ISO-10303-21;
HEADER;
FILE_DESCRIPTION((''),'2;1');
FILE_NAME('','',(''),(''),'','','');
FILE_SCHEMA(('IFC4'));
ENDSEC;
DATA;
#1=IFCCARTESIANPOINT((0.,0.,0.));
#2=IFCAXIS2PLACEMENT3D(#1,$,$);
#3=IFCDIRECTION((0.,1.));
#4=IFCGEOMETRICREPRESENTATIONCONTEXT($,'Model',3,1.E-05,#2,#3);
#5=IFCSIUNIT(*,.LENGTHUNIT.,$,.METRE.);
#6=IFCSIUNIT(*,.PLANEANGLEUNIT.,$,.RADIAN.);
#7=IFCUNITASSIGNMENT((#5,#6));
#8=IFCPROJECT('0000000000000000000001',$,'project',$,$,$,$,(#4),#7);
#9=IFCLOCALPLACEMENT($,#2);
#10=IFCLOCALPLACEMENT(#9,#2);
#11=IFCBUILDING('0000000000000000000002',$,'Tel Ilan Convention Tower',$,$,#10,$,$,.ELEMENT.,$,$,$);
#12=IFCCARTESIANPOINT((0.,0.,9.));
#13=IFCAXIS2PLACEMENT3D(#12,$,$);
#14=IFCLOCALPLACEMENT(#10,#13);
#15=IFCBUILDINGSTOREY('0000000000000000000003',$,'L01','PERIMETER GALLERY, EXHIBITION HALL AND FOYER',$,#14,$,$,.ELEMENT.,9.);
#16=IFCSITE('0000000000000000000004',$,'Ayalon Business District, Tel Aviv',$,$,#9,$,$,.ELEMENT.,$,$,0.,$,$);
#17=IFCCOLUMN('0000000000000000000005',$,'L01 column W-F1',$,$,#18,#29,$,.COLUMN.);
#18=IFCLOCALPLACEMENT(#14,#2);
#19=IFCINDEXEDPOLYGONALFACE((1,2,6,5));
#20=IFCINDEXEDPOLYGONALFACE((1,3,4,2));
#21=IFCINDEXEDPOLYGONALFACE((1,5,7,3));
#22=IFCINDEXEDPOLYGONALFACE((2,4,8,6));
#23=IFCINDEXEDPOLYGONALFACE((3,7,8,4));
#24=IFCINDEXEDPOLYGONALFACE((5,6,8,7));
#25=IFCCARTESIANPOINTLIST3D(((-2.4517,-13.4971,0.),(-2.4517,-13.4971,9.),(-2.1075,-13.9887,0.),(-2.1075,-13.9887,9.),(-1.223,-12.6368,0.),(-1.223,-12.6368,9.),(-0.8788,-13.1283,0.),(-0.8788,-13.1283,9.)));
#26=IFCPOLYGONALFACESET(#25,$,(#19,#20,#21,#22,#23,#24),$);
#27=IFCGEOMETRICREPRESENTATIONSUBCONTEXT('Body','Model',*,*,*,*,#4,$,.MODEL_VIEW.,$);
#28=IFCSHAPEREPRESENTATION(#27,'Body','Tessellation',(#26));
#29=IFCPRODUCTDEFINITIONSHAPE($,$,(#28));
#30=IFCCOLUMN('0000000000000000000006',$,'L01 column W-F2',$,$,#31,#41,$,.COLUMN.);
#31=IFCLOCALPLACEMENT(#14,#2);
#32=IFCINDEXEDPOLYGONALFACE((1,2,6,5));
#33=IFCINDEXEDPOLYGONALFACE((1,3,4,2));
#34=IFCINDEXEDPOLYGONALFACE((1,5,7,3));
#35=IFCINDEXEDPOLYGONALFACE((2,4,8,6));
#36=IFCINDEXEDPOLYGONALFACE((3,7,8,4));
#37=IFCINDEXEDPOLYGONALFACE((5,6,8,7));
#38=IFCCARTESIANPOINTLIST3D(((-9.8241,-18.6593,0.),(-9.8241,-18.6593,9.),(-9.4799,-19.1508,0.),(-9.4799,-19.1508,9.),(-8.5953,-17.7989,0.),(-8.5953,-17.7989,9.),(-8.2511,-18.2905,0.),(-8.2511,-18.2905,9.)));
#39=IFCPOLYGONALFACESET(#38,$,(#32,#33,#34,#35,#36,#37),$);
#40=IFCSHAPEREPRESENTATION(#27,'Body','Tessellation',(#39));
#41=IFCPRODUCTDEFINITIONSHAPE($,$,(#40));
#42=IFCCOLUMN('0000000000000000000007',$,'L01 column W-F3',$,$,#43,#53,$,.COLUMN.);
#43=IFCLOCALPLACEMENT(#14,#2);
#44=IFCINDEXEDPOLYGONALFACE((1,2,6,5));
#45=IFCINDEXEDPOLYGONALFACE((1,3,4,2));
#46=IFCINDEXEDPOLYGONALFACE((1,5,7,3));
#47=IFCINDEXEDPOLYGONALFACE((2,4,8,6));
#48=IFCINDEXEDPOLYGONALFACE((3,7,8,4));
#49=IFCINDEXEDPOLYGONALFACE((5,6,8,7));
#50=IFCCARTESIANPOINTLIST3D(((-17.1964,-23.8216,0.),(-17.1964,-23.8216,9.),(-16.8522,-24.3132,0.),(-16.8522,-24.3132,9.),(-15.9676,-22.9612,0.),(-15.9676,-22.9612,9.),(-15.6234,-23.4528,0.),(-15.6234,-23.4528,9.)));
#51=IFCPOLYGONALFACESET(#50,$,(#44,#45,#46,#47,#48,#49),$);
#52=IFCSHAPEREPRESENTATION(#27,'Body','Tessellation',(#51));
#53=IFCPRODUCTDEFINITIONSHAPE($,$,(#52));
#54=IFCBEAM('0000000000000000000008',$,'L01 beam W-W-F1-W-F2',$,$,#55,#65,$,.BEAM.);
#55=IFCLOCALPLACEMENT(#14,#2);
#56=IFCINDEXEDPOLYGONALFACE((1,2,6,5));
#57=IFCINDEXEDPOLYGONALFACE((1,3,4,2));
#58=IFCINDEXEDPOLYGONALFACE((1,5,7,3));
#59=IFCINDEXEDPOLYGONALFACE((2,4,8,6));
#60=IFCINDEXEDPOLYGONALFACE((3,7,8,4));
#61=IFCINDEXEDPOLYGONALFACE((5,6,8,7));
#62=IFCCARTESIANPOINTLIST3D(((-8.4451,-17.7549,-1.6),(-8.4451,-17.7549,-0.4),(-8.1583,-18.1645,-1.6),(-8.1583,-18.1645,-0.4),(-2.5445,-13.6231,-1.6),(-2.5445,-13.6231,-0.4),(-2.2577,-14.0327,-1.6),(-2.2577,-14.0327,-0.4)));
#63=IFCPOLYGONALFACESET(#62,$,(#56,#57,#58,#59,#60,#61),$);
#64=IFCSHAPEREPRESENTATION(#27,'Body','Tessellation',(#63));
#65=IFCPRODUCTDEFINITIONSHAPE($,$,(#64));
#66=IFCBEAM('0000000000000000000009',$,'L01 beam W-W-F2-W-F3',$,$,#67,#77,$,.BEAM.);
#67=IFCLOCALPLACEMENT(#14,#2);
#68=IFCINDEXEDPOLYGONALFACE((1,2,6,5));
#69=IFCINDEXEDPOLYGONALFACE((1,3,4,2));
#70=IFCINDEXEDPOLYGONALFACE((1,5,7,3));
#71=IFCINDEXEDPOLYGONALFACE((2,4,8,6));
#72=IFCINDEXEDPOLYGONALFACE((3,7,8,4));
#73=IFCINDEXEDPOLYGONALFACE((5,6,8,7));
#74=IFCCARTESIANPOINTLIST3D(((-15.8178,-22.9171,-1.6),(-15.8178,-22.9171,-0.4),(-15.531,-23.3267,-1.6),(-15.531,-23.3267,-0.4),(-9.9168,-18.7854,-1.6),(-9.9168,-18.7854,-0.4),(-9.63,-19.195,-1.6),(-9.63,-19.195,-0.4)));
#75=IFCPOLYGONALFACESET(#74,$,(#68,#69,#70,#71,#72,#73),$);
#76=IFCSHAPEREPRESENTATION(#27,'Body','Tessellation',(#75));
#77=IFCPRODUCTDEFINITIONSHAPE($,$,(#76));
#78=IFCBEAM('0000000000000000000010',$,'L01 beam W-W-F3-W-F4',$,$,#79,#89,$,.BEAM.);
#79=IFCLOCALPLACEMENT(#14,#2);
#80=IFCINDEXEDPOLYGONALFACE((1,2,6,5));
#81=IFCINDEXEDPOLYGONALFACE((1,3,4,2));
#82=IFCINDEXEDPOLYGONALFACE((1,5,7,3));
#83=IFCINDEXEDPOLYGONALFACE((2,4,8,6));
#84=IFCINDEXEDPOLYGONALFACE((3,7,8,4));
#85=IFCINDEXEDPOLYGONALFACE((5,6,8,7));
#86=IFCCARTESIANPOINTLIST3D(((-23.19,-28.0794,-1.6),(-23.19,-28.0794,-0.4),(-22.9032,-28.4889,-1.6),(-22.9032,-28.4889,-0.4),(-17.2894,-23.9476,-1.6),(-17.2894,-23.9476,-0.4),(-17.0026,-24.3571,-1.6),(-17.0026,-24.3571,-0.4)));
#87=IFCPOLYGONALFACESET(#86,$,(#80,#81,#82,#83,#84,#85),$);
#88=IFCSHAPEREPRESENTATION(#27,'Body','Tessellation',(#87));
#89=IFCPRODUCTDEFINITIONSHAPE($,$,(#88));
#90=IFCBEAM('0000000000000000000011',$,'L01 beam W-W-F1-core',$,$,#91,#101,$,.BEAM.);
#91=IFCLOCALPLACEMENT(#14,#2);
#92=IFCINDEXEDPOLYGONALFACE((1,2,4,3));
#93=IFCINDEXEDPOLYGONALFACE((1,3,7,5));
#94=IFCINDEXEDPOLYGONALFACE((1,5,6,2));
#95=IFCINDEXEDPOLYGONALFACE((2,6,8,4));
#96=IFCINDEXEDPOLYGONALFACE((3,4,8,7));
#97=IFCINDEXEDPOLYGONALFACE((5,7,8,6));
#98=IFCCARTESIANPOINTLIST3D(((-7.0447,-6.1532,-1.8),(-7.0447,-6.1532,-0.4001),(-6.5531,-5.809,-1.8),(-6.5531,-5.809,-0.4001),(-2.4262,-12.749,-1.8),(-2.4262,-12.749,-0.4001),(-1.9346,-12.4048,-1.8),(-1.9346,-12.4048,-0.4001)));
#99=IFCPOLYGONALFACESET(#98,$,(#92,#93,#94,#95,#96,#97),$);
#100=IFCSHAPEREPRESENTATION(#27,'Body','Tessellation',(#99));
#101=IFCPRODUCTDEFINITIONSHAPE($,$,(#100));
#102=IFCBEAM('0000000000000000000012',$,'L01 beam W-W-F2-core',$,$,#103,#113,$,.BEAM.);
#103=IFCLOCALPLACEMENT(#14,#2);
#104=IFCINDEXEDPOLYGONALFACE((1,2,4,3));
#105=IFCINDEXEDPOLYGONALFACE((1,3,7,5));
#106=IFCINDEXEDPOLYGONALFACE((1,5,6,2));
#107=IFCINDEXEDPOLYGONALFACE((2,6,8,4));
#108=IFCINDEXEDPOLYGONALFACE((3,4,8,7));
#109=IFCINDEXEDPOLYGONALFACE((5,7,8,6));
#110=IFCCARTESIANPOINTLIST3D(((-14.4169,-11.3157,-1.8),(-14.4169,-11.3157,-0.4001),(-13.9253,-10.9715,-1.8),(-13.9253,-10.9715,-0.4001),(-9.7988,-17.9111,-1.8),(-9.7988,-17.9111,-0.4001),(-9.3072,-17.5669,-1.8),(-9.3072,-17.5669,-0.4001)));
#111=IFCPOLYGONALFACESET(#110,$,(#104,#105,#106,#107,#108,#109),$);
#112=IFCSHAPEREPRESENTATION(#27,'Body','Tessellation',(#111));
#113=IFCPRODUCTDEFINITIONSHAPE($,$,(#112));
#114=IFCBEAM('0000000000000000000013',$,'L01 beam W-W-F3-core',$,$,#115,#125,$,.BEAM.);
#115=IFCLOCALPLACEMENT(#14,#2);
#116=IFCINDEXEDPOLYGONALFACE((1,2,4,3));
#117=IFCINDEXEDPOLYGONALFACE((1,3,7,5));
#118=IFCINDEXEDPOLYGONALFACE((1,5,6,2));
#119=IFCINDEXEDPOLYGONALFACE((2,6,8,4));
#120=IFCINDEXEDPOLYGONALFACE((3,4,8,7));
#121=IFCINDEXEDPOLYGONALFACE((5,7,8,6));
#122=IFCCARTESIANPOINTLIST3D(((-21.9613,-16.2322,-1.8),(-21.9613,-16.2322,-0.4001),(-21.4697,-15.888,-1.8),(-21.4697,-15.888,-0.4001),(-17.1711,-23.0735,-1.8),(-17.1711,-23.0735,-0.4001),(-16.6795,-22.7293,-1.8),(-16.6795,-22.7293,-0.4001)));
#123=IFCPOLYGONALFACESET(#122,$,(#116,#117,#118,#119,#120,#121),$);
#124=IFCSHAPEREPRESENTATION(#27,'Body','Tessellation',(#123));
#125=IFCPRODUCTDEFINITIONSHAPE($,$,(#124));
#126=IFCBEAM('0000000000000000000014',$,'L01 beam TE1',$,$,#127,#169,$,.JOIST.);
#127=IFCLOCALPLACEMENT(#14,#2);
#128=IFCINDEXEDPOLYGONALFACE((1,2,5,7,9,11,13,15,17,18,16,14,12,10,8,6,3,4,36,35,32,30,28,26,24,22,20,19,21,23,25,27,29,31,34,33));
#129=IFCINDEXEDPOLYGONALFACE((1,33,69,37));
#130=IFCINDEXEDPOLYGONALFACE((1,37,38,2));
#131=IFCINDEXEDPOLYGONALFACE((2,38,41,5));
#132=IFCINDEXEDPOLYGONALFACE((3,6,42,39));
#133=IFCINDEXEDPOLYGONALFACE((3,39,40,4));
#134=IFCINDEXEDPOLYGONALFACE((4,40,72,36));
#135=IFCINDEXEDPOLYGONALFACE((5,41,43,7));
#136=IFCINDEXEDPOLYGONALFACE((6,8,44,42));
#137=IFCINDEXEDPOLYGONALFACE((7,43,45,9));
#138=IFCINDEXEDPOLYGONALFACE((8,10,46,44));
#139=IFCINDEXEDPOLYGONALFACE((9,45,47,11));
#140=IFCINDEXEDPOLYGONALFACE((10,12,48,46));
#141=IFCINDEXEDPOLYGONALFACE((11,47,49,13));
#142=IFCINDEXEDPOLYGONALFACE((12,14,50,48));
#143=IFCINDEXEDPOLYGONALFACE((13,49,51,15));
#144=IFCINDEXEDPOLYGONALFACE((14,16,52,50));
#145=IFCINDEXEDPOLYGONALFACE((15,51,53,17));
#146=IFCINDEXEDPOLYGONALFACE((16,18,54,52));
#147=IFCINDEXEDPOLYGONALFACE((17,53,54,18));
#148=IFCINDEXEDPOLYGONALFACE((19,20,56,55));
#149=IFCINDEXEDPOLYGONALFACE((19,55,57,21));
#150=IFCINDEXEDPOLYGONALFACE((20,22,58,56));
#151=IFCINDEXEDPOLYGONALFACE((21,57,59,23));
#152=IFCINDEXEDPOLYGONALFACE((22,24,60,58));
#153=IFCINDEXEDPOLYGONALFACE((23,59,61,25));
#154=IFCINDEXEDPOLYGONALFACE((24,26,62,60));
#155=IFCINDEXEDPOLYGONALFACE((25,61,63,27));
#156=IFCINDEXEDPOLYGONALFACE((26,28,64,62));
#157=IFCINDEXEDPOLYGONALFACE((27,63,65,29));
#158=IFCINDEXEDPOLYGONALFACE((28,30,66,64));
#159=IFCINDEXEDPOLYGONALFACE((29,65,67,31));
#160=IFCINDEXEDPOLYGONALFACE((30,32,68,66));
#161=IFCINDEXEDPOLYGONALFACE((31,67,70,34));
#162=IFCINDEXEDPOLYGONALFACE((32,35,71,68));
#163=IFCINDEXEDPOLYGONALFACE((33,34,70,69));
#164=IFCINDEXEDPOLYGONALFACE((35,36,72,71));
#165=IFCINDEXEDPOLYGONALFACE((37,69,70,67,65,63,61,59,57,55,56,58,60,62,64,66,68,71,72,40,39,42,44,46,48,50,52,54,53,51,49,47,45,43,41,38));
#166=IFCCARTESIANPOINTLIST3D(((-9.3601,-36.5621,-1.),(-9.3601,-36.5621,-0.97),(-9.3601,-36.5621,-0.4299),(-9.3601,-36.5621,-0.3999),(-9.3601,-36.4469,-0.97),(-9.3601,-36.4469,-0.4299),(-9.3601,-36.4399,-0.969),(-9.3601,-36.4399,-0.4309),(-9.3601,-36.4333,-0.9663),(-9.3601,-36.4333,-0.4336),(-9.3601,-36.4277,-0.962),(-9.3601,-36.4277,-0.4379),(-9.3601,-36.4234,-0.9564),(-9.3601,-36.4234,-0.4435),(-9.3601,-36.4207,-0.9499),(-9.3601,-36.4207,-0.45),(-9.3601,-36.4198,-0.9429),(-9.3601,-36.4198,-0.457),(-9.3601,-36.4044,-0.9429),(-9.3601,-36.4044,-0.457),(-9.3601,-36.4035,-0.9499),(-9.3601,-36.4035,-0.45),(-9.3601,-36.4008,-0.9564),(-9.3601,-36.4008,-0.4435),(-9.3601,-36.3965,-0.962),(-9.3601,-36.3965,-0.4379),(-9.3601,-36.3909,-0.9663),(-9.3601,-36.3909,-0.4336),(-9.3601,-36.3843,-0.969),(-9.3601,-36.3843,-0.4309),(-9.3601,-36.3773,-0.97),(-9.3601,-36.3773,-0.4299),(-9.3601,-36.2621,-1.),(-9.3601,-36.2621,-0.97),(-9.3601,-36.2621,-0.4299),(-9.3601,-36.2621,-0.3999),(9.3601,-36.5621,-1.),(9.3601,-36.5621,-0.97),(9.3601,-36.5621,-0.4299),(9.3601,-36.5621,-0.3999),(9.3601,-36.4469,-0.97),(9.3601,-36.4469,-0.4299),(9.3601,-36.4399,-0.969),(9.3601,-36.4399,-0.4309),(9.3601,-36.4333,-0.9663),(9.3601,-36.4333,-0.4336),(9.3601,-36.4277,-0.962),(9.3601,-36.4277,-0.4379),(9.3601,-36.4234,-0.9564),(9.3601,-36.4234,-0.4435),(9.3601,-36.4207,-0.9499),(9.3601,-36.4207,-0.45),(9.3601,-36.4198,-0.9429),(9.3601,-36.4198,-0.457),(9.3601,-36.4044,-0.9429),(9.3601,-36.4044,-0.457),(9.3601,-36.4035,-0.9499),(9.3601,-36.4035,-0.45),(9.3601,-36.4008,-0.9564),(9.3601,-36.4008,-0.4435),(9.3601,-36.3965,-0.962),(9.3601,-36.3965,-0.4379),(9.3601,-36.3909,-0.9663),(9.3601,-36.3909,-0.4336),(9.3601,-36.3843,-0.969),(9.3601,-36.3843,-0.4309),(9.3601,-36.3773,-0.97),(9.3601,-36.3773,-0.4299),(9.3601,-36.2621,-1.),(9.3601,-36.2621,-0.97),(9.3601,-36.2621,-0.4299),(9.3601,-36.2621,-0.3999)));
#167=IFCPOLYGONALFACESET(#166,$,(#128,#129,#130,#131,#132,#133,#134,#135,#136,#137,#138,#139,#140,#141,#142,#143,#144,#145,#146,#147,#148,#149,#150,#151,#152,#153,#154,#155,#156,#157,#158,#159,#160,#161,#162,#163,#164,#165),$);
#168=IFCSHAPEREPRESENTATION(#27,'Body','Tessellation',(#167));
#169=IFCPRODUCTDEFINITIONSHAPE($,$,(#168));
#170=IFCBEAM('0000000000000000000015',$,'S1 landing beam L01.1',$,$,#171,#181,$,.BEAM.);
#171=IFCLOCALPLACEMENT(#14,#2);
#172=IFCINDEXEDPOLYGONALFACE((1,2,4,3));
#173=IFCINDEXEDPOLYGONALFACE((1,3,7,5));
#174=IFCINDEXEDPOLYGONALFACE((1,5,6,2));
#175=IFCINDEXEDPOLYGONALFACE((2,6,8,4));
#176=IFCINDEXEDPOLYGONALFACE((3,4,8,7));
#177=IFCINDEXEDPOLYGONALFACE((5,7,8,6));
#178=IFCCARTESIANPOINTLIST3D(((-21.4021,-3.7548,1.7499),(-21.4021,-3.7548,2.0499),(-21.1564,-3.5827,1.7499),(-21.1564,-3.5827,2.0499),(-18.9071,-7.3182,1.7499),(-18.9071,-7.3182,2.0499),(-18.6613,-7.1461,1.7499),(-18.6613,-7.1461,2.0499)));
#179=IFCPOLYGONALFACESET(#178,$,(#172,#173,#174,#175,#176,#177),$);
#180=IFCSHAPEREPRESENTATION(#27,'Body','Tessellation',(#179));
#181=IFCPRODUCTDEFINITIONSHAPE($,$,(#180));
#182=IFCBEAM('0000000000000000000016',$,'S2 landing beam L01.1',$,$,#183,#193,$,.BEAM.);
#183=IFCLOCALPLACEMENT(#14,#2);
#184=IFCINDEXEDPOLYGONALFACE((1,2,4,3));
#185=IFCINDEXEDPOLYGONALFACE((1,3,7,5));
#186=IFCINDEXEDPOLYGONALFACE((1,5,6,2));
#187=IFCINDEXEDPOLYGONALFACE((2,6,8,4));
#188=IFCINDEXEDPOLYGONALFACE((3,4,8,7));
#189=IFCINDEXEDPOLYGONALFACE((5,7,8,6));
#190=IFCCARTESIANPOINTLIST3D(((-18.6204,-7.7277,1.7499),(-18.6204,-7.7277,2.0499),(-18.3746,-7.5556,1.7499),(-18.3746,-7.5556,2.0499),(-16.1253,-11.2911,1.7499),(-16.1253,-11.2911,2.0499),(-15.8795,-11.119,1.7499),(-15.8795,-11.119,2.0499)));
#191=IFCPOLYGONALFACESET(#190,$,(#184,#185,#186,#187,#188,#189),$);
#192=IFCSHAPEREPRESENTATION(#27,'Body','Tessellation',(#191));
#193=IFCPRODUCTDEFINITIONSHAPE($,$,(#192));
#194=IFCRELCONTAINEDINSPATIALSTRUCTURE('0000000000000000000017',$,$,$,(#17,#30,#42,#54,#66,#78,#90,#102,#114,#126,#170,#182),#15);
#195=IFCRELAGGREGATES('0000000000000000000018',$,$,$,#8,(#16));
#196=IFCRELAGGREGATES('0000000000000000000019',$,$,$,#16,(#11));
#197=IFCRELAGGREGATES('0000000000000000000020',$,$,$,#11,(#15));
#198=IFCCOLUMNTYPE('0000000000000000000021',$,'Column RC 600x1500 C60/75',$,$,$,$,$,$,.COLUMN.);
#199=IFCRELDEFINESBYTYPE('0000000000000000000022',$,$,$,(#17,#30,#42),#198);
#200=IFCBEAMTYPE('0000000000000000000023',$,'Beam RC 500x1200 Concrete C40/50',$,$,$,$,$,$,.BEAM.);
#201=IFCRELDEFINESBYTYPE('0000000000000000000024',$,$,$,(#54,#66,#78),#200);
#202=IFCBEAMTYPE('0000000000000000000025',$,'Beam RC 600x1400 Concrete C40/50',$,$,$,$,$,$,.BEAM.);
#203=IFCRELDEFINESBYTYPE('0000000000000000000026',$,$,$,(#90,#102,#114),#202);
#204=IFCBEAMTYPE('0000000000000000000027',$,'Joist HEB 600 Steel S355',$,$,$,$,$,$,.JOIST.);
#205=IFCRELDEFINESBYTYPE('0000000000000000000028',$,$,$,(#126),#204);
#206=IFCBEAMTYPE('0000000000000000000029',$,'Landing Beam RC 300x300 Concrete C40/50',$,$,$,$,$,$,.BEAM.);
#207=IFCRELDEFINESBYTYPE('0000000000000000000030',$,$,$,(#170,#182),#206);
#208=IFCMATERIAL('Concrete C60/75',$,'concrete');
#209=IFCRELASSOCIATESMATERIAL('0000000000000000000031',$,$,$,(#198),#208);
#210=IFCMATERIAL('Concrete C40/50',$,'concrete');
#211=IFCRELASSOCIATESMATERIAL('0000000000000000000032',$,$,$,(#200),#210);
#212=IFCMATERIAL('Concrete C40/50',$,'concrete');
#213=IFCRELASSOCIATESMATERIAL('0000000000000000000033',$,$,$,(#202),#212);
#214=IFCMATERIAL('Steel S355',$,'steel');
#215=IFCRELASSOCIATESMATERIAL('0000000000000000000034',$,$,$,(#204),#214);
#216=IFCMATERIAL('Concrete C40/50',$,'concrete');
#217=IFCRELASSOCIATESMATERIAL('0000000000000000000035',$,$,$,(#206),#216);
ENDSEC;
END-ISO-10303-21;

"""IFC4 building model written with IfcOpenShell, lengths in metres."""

from ifc_helpers import new_model, si_unit, direction, frame, origin, origin_2d, place, context, subcontext, project, spatial, rectangle, i_section, extrude, material, material_profile, profile_set, type_object, element, save


model = new_model("IFC4")

# Units and contexts
model_context = context("Model", 3, precision=1e-05, world=origin(), true_north=direction((0.0, 1.0)))
body_context = subcontext(model_context, "Body", "Model", "MODEL_VIEW")
ifc_project = project(units=[si_unit("LENGTHUNIT", "METRE"), si_unit("PLANEANGLEUNIT", "RADIAN")], contexts=[model_context])

# Site, building, storey
site_placement = place(None, origin())
site = spatial("IfcSite", under=ifc_project, at=site_placement, Name="Ayalon Business District, Tel Aviv", CompositionType="ELEMENT", RefElevation=0.0)
building_placement = place(site_placement, origin())
building = spatial("IfcBuilding", under=site, at=building_placement, Name="Tel Ilan Convention Tower", CompositionType="ELEMENT")
storey_placement = place(building_placement, frame((0.0, 0.0, 9.0)))
storey = spatial("IfcBuildingStorey", under=building, at=storey_placement, Name="L01", Description="PERIMETER GALLERY, EXHIBITION HALL AND FOYER", CompositionType="ELEMENT", Elevation=9.0)

# Columns
ifc_material_1 = material(Name="Concrete C60/75", Category="concrete")
ifc_material_profile_1 = material_profile(ifc_material_1, rectangle(XDim=1.5, YDim=0.6001, at=origin_2d()), Name="RC 600x1500")
ifc_profile_set_1 = profile_set([ifc_material_profile_1], Name="Concrete C60/75")
column_type = type_object("IfcColumnType", Name="Column RC 600x1500 C60/75", PredefinedType="COLUMN", material=ifc_profile_set_1)
for number, where, z_axis, x_axis, name in (
    (1, (-1.6653, -13.3127, 0.0), (0.0, 0.0, 1.0), (-0.819152, -0.573576, 0.0), "L01 column W-F1"),
    (2, (-9.0376, -18.4749, 0.0), (0.0, 0.0, 1.0), (-0.819152, -0.573576, 0.0), "L01 column W-F2"),
    (3, (-16.4099, -23.6372, 0.0), (0.0, 0.0, 1.0), (-0.819152, -0.573576, 0.0), "L01 column W-F3"),
):
    element("IfcColumn", number, at=place(storey_placement, frame(where, z_axis=z_axis, x_axis=x_axis)), inside=storey, type_object=column_type, Name=name, PredefinedType="COLUMN", context=body_context, shape_type="SweptSolid", body=[
        extrude(rectangle(XDim=1.5, YDim=0.6001, at=origin_2d()), origin(), (0.0, 0.0, 1.0), 9.0),
    ])

# Beams
ifc_material_2 = material(Name="Concrete C40/50", Category="concrete")
ifc_material_profile_2 = material_profile(ifc_material_2, rectangle(XDim=0.5, YDim=1.2, at=origin_2d()), Name="RC 500x1200")
ifc_profile_set_2 = profile_set([ifc_material_profile_2], Name="Concrete C40/50")
beam_type_1 = type_object("IfcBeamType", Name="Beam RC 500x1200 Concrete C40/50", PredefinedType="BEAM", material=ifc_profile_set_2)
beam_1_placement = place(storey_placement, frame((-2.4011, -13.8279, -1.0), z_axis=(-0.819141, -0.573592, 0.0), x_axis=(0.573592, -0.819141, 0.0)))
element("IfcBeam", 4, at=beam_1_placement, inside=storey, type_object=beam_type_1, Name="L01 beam W-W-F1-W-F2", PredefinedType="BEAM", context=body_context, shape_type="SweptSolid", body=[
    extrude(rectangle(XDim=0.5, YDim=1.2, at=origin_2d()), origin(), (0.0, 0.0, 1.0), 7.2034),
])
beam_2_placement = place(storey_placement, frame((-9.7734, -18.9902, -1.0), z_axis=(-0.819168, -0.573553, 0.0), x_axis=(0.573553, -0.819168, 0.0)))
element("IfcBeam", 5, at=beam_2_placement, inside=storey, type_object=beam_type_1, Name="L01 beam W-W-F2-W-F3", PredefinedType="BEAM", context=body_context, shape_type="SweptSolid", body=[
    extrude(rectangle(XDim=0.5, YDim=1.2, at=origin_2d()), origin(), (0.0, 0.0, 1.0), 7.2036),
])
beam_3_placement = place(storey_placement, frame((-17.146, -24.1523, -1.0), z_axis=(-0.819141, -0.573592, 0.0), x_axis=(0.573592, -0.819141, 0.0)))
element("IfcBeam", 6, at=beam_3_placement, inside=storey, type_object=beam_type_1, Name="L01 beam W-W-F3-W-F4", PredefinedType="BEAM", context=body_context, shape_type="SweptSolid", body=[
    extrude(rectangle(XDim=0.5, YDim=1.2, at=origin_2d()), origin(), (0.0, 0.0, 1.0), 7.2034),
])
ifc_material_3 = material(Name="Concrete C40/50", Category="concrete")
ifc_material_profile_3 = material_profile(ifc_material_3, rectangle(XDim=0.6001, YDim=1.3999, at=origin_2d()), Name="RC 600x1400")
ifc_profile_set_3 = profile_set([ifc_material_profile_3], Name="Concrete C40/50")
beam_type_2 = type_object("IfcBeamType", Name="Beam RC 600x1400 Concrete C40/50", PredefinedType="BEAM", material=ifc_profile_set_3)
beam_4_placement = place(storey_placement, frame((-2.1804, -12.5769, -1.1001), z_axis=(-0.57358, 0.819149, 0.0), x_axis=(-0.819149, -0.57358, 0.0)))
element("IfcBeam", 7, at=beam_4_placement, inside=storey, type_object=beam_type_2, Name="L01 beam W-W-F1-core", PredefinedType="BEAM", context=body_context, shape_type="SweptSolid", body=[
    extrude(rectangle(XDim=0.6001, YDim=1.3999, at=origin_2d()), origin(), (0.0, 0.0, 1.0), 8.052),
])
beam_5_placement = place(storey_placement, frame((-9.553, -17.739, -1.1001), z_axis=(-0.573574, 0.819154, 0.0), x_axis=(-0.819154, -0.573574, 0.0)))
element("IfcBeam", 8, at=beam_5_placement, inside=storey, type_object=beam_type_2, Name="L01 beam W-W-F2-core", PredefinedType="BEAM", context=body_context, shape_type="SweptSolid", body=[
    extrude(rectangle(XDim=0.6001, YDim=1.3999, at=origin_2d()), origin(), (0.0, 0.0, 1.0), 8.0515),
])
beam_6_placement = place(storey_placement, frame((-16.9253, -22.9014, -1.1001), z_axis=(-0.573572, 0.819155, 0.0), x_axis=(-0.819155, -0.573572, 0.0)))
element("IfcBeam", 9, at=beam_6_placement, inside=storey, type_object=beam_type_2, Name="L01 beam W-W-F3-core", PredefinedType="BEAM", context=body_context, shape_type="SweptSolid", body=[
    extrude(rectangle(XDim=0.6001, YDim=1.3999, at=origin_2d()), origin(), (0.0, 0.0, 1.0), 8.3516),
])
ifc_material_4 = material(Name="Steel S355", Category="steel")
ifc_material_profile_4 = material_profile(ifc_material_4, i_section(OverallWidth=0.3, OverallDepth=0.6001, WebThickness=0.0154, FlangeThickness=0.03, FilletRadius=0.0271, at=origin_2d()), Name="HEB 600")
ifc_profile_set_4 = profile_set([ifc_material_profile_4], Name="Steel S355")
beam_type_3 = type_object("IfcBeamType", Name="Joist HEB 600 Steel S355", PredefinedType="JOIST", material=ifc_profile_set_4)
beam_7_placement = place(storey_placement, frame((-9.3601, -36.4121, -0.7), z_axis=(1.0, 0.0, 0.0), x_axis=(0.0, 1.0, 0.0)))
element("IfcBeam", 10, at=beam_7_placement, inside=storey, type_object=beam_type_3, Name="L01 beam TE1", PredefinedType="JOIST", context=body_context, shape_type="SweptSolid", body=[
    extrude(i_section(OverallWidth=0.3, OverallDepth=0.6001, WebThickness=0.0154, FlangeThickness=0.03, FilletRadius=0.0271, at=origin_2d()), origin(), (0.0, 0.0, 1.0), 18.7202),
])
ifc_material_5 = material(Name="Concrete C40/50", Category="concrete")
ifc_material_profile_5 = material_profile(ifc_material_5, rectangle(XDim=0.3, YDim=0.3, at=origin_2d()), Name="RC 300x300")
ifc_profile_set_5 = profile_set([ifc_material_profile_5], Name="Concrete C40/50")
beam_type_4 = type_object("IfcBeamType", Name="Landing Beam RC 300x300 Concrete C40/50", PredefinedType="BEAM", material=ifc_profile_set_5)
for number, where, z_axis, x_axis, name in (
    (11, (-18.7842, -7.2322, 1.8999), (-0.573568, 0.819158, 0.0), (-0.819158, -0.573568, 0.0), "S1 landing beam L01.1"),
    (12, (-16.0024, -11.2051, 1.8999), (-0.573568, 0.819158, 0.0), (-0.819158, -0.573568, 0.0), "S2 landing beam L01.1"),
):
    element("IfcBeam", number, at=place(storey_placement, frame(where, z_axis=z_axis, x_axis=x_axis)), inside=storey, type_object=beam_type_4, Name=name, PredefinedType="BEAM", context=body_context, shape_type="SweptSolid", body=[
        extrude(rectangle(XDim=0.3, YDim=0.3, at=origin_2d()), origin(), (0.0, 0.0, 1.0), 4.3501),
    ])

save(model, "model.ifc")
